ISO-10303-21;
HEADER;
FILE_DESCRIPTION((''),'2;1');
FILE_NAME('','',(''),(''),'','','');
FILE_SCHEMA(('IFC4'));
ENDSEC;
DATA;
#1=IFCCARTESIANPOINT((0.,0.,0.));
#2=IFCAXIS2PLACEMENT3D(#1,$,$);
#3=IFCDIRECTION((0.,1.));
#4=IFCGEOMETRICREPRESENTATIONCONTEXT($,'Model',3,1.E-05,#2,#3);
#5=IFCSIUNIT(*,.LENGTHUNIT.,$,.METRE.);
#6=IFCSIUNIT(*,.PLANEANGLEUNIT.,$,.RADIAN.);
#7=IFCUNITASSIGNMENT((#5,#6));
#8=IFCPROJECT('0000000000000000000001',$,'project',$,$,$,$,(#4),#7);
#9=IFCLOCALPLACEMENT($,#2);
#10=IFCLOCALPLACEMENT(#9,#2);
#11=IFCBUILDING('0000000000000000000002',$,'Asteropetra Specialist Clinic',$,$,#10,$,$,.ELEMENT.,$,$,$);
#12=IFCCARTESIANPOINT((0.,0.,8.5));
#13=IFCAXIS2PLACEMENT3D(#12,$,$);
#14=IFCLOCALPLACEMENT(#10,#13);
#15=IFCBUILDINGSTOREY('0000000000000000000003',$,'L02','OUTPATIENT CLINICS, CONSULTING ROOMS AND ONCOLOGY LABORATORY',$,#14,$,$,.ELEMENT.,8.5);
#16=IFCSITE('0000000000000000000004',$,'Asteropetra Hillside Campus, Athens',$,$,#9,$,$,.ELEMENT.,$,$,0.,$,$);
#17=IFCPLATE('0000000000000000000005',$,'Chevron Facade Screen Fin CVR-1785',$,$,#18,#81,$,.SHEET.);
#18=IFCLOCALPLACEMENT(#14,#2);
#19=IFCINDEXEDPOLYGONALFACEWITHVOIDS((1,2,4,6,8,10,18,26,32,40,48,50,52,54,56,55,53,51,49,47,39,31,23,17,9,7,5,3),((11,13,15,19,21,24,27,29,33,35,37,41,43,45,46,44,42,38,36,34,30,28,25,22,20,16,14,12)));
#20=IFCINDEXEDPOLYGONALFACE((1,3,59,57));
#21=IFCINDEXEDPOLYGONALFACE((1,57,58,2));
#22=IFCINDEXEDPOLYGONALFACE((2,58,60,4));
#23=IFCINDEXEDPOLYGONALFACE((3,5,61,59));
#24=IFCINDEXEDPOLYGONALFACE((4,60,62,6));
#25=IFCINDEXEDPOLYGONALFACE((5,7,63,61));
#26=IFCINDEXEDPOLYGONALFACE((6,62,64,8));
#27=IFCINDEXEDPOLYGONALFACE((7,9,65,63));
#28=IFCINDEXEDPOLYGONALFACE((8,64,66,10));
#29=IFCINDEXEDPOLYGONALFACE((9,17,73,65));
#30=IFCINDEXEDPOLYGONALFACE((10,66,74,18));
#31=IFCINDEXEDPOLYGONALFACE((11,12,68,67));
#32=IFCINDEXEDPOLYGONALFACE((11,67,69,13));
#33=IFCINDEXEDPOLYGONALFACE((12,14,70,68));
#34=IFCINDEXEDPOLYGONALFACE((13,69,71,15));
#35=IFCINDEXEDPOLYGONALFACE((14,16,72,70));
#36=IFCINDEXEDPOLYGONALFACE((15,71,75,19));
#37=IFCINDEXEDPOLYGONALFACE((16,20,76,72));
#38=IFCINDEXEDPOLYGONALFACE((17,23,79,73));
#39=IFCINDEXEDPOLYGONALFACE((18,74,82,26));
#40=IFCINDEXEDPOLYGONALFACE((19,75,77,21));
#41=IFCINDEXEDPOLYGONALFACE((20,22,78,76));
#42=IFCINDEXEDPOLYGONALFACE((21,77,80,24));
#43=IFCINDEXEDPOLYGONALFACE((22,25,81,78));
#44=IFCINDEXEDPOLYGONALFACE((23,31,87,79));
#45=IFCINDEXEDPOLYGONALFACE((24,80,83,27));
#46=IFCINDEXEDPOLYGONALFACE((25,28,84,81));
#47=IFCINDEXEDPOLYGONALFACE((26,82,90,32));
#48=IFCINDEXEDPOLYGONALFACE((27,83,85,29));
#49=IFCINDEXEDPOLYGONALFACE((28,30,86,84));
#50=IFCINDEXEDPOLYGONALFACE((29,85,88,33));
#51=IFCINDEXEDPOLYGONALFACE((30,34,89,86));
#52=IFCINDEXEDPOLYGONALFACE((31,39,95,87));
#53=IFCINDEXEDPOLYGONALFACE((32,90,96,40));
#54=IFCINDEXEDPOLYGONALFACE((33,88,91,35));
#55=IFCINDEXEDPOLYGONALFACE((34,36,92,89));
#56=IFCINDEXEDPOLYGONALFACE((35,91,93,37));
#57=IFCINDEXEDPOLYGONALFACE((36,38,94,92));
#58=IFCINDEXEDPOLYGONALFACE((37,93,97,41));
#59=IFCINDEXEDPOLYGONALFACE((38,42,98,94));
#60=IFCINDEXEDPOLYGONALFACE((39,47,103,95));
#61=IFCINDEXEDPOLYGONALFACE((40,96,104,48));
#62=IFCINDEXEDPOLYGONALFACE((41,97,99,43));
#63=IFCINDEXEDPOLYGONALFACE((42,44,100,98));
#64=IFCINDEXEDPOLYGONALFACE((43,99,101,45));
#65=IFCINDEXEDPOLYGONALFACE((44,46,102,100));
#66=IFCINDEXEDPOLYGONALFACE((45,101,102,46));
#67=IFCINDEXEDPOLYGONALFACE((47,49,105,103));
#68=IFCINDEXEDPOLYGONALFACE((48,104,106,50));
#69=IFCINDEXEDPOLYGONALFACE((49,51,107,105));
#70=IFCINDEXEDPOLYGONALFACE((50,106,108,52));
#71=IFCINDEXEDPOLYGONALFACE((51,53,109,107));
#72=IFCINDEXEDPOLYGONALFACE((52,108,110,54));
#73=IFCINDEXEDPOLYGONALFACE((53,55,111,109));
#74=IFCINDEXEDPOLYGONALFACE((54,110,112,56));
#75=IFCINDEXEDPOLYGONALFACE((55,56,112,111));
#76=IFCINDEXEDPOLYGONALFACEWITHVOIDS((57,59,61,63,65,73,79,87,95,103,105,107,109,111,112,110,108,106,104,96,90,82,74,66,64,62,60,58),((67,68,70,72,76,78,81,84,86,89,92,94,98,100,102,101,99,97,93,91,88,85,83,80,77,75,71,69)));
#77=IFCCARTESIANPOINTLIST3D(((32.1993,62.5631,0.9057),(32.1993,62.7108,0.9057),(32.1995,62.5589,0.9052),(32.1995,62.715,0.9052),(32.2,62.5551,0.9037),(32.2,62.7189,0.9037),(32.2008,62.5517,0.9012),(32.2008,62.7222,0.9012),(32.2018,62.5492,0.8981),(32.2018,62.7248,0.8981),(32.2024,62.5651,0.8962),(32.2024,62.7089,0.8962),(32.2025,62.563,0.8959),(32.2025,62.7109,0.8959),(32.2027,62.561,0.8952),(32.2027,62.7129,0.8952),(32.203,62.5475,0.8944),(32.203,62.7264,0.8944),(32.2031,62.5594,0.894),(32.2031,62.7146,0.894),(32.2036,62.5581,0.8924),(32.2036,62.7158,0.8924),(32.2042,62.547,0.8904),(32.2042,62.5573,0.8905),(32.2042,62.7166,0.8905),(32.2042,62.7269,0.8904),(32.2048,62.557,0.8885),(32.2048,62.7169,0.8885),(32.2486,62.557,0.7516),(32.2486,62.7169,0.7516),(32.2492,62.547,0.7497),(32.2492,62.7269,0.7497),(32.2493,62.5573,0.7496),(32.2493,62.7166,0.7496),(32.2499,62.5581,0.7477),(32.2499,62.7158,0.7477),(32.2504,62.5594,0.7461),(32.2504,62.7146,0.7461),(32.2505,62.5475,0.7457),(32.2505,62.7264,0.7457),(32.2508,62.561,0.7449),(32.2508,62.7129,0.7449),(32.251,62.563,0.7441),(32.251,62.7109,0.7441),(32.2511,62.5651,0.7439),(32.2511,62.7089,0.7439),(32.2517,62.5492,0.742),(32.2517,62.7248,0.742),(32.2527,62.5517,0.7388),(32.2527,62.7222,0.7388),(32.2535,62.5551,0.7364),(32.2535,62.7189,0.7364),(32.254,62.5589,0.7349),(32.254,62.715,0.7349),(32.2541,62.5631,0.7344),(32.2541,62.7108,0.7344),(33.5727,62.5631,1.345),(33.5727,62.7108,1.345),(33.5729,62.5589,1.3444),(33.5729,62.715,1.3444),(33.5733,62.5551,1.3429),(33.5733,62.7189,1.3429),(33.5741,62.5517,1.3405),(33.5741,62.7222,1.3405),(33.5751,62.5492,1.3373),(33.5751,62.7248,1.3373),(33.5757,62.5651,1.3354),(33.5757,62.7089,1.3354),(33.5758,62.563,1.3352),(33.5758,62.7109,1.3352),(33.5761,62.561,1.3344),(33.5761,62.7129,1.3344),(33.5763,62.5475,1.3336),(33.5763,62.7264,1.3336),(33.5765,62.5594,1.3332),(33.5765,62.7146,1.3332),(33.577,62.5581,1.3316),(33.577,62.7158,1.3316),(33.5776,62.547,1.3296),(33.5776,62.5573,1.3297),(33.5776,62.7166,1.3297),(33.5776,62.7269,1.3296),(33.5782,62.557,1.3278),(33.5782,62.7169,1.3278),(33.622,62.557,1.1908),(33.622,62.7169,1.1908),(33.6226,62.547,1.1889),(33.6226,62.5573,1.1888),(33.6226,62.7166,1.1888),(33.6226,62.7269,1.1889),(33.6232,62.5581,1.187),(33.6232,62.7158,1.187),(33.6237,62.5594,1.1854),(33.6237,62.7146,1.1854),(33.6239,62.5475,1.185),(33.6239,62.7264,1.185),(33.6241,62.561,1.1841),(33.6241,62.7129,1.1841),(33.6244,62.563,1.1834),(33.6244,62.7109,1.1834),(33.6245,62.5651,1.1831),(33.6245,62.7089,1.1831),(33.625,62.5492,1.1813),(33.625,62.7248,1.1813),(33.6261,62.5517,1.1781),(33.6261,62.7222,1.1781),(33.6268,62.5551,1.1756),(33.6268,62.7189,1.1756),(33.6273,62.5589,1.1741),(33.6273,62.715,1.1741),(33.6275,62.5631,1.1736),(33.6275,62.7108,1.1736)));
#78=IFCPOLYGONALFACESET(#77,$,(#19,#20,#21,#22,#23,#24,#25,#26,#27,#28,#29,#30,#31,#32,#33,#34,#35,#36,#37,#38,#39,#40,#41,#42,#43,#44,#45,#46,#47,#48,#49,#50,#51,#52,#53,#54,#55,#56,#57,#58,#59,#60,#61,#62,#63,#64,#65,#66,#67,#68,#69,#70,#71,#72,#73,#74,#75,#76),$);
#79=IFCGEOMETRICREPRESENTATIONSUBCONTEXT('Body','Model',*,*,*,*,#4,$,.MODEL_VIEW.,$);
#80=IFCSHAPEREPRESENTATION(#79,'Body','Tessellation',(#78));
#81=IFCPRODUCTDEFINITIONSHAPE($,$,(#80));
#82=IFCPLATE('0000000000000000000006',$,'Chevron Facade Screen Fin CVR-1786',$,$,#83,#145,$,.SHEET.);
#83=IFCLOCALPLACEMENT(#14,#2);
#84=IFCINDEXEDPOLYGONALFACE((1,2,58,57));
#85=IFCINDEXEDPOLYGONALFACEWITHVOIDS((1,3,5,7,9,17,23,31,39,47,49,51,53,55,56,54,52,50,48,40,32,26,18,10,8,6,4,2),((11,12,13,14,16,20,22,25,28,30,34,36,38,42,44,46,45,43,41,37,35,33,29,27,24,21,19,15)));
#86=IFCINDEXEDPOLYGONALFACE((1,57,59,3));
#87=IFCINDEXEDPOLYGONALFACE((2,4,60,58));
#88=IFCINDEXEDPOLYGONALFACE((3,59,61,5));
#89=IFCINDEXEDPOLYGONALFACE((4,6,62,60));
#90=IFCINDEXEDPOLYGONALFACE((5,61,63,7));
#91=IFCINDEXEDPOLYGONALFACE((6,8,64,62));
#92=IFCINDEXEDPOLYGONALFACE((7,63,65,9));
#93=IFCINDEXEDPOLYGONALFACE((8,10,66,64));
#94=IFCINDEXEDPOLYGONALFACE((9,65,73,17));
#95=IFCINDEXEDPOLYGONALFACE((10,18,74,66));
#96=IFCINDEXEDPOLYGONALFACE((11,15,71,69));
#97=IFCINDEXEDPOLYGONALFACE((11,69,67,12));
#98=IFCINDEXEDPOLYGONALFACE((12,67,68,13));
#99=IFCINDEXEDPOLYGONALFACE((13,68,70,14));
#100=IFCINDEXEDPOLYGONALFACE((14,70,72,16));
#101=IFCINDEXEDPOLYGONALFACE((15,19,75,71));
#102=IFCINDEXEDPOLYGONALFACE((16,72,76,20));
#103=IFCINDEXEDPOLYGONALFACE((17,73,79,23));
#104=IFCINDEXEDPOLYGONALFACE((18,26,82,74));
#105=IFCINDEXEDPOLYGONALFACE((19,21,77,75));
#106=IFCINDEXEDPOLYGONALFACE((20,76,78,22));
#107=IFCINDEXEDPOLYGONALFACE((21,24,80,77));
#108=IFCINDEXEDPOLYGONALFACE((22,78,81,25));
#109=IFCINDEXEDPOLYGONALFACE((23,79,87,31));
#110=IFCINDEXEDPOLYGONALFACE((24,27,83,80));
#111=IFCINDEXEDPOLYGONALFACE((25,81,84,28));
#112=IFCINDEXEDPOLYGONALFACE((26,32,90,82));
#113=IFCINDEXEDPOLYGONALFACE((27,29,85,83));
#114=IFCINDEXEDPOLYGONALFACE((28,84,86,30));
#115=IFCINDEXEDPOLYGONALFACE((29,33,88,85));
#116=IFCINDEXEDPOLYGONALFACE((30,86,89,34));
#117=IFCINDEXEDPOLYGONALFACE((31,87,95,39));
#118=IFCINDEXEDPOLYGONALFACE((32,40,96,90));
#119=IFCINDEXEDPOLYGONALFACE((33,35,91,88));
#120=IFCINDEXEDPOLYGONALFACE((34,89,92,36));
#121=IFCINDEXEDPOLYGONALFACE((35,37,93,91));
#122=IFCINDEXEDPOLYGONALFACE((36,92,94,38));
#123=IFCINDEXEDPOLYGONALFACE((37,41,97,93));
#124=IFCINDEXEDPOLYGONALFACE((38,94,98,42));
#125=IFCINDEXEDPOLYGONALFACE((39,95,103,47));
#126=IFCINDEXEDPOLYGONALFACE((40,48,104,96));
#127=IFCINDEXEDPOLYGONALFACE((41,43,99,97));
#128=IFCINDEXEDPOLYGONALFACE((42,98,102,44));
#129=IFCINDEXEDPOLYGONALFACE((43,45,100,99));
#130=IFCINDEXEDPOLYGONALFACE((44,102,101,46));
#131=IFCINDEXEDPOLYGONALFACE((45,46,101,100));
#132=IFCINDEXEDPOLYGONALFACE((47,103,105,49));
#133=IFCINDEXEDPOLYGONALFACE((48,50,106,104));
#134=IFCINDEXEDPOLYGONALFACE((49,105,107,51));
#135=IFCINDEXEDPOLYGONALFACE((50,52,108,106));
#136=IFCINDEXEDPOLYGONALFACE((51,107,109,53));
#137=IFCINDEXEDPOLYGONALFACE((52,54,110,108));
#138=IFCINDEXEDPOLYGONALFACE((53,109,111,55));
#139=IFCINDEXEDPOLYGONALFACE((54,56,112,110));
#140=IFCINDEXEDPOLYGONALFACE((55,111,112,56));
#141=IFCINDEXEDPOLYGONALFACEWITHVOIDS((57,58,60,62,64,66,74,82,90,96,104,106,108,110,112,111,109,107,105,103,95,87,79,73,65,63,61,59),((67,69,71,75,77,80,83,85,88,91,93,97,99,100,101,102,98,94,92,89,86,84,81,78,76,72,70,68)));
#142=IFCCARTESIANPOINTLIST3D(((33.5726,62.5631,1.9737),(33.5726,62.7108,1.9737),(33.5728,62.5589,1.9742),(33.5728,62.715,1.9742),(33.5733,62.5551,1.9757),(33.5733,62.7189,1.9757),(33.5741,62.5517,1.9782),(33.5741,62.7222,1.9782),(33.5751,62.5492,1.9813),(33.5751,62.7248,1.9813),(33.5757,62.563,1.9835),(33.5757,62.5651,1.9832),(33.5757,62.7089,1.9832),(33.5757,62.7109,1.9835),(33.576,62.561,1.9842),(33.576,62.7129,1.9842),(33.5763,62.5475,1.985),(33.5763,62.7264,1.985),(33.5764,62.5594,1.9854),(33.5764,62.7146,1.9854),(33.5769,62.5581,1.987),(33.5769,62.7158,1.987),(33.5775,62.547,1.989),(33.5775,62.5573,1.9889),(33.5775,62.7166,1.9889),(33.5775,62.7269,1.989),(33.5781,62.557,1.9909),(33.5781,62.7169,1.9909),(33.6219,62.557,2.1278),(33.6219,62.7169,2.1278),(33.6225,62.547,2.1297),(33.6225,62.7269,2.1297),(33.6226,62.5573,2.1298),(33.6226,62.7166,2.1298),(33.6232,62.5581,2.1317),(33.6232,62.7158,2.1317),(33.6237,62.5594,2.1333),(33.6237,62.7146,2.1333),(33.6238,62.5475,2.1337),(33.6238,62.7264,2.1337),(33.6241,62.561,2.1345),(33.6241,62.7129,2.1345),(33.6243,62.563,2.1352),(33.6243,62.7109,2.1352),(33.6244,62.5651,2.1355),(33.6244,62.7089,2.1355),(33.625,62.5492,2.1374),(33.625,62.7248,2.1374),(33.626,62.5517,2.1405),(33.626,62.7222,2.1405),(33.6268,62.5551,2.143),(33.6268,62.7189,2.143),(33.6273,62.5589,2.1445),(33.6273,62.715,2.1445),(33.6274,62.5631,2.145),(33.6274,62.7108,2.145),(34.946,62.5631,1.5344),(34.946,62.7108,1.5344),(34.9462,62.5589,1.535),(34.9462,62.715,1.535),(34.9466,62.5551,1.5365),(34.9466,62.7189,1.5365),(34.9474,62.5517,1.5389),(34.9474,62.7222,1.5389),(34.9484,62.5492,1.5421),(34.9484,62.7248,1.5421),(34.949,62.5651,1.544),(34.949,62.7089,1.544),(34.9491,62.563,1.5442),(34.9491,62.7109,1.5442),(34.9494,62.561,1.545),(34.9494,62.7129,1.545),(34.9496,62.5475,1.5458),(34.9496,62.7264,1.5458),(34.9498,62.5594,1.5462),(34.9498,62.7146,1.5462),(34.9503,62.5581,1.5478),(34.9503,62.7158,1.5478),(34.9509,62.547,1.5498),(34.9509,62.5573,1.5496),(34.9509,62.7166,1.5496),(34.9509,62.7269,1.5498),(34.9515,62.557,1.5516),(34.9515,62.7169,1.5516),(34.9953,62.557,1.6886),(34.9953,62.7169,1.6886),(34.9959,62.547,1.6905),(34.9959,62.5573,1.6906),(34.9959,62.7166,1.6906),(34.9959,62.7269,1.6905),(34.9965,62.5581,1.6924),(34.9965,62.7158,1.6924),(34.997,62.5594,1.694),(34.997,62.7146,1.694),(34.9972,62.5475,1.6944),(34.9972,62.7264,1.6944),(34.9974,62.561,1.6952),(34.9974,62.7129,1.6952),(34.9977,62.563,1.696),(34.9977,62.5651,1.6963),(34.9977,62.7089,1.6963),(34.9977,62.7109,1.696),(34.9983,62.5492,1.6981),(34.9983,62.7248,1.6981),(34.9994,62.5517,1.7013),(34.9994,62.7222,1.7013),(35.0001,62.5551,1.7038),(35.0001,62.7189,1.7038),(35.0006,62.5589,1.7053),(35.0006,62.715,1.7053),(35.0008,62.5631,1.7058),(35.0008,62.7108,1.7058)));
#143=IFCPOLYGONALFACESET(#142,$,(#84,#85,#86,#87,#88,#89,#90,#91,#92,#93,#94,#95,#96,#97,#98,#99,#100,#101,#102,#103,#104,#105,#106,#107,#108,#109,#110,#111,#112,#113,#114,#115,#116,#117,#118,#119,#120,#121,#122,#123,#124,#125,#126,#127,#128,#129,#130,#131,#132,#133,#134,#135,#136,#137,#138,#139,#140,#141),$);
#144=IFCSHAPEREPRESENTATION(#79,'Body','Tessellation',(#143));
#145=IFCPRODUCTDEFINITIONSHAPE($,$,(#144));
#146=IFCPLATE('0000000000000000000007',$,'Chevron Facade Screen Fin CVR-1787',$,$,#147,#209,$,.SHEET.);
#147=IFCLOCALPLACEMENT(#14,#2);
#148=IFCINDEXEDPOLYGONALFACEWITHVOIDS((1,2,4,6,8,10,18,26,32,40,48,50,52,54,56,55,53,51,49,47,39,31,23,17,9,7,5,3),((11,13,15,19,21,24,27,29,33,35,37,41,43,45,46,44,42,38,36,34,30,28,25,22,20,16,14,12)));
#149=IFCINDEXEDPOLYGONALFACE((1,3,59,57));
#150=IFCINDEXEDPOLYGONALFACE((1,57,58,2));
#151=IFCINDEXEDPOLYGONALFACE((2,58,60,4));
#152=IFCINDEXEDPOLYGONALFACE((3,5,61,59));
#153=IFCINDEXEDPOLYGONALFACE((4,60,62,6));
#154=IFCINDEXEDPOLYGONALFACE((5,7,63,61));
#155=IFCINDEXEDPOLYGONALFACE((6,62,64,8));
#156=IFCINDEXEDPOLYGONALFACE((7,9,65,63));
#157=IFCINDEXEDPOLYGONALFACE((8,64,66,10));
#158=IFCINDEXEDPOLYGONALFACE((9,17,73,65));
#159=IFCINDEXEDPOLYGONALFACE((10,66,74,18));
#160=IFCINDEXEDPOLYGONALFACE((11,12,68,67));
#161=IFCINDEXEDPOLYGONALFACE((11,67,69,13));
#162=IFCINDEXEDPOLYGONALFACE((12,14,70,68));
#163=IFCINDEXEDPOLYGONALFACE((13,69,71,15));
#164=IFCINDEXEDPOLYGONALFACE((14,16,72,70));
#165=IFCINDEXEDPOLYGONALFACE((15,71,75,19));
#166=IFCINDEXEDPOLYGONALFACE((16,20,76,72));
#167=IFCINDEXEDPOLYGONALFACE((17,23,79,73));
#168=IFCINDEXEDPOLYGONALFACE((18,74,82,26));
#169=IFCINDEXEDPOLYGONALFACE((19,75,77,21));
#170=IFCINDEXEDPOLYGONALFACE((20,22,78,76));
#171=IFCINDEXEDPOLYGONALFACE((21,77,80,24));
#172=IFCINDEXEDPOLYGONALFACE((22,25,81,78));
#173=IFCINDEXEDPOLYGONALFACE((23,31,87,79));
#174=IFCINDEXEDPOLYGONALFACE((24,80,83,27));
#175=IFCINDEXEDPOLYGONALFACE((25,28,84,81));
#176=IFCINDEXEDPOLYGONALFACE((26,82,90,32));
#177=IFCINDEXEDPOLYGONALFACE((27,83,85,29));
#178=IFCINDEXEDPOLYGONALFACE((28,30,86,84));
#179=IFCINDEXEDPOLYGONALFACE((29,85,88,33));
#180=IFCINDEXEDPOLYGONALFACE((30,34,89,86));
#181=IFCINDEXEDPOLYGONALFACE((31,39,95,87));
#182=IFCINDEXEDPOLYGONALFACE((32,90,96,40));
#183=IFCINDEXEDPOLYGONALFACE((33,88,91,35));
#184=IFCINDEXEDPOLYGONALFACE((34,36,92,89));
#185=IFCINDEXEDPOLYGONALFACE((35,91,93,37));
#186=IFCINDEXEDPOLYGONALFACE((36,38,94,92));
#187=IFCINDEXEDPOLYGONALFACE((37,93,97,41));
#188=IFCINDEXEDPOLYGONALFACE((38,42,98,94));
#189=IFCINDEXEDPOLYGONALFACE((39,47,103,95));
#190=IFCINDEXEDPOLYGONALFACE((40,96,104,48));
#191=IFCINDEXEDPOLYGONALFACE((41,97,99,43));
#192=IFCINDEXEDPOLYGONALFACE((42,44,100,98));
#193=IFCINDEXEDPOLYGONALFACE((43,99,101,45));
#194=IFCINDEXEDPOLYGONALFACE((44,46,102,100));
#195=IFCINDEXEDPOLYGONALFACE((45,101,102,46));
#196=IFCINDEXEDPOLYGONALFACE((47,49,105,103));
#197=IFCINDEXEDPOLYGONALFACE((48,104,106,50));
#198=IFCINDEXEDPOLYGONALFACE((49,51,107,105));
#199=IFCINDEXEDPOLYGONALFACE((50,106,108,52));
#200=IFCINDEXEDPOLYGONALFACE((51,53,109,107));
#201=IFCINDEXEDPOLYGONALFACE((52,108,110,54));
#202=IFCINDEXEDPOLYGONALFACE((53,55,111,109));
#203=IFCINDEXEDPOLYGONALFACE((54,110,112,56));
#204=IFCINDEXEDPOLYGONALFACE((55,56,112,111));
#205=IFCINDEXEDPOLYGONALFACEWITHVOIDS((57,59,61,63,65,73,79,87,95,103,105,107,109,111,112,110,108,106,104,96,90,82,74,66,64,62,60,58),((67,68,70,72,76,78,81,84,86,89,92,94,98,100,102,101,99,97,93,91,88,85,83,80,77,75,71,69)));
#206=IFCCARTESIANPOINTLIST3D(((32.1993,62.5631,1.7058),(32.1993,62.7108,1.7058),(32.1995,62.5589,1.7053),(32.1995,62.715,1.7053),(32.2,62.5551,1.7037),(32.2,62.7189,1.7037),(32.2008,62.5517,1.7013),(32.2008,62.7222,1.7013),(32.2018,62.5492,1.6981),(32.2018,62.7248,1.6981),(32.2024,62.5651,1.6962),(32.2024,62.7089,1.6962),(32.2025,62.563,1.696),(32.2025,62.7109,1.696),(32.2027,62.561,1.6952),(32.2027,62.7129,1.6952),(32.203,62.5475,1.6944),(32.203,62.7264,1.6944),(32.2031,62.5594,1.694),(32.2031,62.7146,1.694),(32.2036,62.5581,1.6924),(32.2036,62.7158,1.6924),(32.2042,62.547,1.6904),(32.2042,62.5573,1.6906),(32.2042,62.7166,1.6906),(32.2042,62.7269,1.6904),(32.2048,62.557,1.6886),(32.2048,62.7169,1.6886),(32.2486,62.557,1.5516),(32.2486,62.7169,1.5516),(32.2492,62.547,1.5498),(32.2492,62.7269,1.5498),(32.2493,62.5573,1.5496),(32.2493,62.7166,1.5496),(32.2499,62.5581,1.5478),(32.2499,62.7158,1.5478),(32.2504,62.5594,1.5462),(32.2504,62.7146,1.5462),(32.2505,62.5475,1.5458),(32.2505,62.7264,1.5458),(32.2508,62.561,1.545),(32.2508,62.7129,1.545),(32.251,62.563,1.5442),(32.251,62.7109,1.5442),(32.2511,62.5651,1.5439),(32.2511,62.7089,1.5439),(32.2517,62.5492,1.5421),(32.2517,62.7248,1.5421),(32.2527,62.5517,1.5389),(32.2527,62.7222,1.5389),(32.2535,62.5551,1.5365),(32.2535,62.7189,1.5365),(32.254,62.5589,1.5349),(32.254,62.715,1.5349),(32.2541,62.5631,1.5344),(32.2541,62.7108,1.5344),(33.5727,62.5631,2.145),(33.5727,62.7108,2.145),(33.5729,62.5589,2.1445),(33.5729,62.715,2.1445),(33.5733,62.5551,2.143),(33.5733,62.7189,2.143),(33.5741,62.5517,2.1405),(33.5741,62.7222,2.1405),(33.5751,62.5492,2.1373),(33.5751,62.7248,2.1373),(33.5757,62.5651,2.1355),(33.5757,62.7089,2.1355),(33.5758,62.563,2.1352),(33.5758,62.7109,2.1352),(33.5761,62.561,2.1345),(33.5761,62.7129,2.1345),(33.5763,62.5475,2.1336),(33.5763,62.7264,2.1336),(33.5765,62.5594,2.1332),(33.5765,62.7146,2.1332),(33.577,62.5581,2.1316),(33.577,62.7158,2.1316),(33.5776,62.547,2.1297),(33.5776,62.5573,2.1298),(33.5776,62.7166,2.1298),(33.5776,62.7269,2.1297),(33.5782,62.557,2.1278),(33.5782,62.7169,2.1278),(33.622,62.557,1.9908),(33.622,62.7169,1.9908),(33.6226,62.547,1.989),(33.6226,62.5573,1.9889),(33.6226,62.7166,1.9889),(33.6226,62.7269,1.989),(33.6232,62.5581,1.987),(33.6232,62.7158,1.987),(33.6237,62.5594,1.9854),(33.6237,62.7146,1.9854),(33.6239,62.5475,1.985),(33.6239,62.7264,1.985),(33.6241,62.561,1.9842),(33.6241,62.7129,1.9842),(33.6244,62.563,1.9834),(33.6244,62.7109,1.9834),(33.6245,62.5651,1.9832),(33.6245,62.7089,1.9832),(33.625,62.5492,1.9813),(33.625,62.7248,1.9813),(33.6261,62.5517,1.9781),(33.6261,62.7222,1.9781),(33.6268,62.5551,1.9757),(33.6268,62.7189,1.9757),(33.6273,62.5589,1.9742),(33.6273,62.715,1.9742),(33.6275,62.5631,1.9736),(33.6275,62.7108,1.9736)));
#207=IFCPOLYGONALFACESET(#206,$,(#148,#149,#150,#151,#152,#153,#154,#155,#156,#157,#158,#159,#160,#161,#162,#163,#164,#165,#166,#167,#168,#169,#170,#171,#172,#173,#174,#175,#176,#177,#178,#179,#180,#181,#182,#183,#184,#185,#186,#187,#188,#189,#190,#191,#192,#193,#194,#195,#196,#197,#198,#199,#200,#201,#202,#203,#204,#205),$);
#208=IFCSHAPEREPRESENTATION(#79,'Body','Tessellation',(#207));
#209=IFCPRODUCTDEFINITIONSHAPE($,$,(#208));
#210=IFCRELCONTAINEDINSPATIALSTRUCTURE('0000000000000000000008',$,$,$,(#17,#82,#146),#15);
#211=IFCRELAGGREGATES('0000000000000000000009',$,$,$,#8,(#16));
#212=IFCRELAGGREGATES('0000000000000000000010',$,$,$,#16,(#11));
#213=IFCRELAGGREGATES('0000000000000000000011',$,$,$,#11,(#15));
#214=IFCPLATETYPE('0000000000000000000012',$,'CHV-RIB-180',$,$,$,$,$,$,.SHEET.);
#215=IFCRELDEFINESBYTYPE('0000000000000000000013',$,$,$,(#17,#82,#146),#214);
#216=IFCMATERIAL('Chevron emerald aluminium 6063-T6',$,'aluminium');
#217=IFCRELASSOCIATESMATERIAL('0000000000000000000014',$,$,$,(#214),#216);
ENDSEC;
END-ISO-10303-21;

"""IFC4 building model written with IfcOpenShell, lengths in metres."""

from ifc_helpers import new_model, si_unit, direction, frame, origin, origin_2d, place, context, subcontext, project, spatial, hollow_rectangle, extrude, material, material_profile, profile_set, type_object, element, save


model = new_model("IFC4")

# Units and contexts
model_context = context("Model", 3, precision=1e-05, world=origin(), true_north=direction((0.0, 1.0)))
body_context = subcontext(model_context, "Body", "Model", "MODEL_VIEW")
ifc_project = project(units=[si_unit("LENGTHUNIT", "METRE"), si_unit("PLANEANGLEUNIT", "RADIAN")], contexts=[model_context])

# Site, building, storey
site_placement = place(None, origin())
site = spatial("IfcSite", under=ifc_project, at=site_placement, Name="Asteropetra Hillside Campus, Athens", CompositionType="ELEMENT", RefElevation=0.0)
building_placement = place(site_placement, origin())
building = spatial("IfcBuilding", under=site, at=building_placement, Name="Asteropetra Specialist Clinic", CompositionType="ELEMENT")
storey_placement = place(building_placement, frame((0.0, 0.0, 8.5)))
storey = spatial("IfcBuildingStorey", under=building, at=storey_placement, Name="L02", Description="OUTPATIENT CLINICS, CONSULTING ROOMS AND ONCOLOGY LABORATORY", CompositionType="ELEMENT", Elevation=8.5)

# Plates
ifc_material_1 = material(Name="Chevron emerald aluminium 6063-T6", Category="aluminium")
ifc_material_profile = material_profile(ifc_material_1, hollow_rectangle(XDim=0.1799, YDim=0.1799, WallThickness=0.01, InnerFilletRadius=0.0081, OuterFilletRadius=0.0161, at=origin_2d()), Name="SHS 180x180x10.0")
ifc_profile_set = profile_set([ifc_material_profile], Name="Chevron emerald aluminium 6063-T6")
plate_type_1 = type_object("IfcPlateType", Name="CHV-RIB-180", PredefinedType="SHEET", material=ifc_profile_set)
for number, where, z_axis, x_axis, name in (
    (1, (33.6001, 62.637, 1.2593), (-0.952473, 0.0, -0.304622), (0.0, -1.0, 0.0), "Chevron Facade Screen Fin CVR-1785"),
    (2, (34.9734, 62.637, 1.6201), (-0.952473, 0.0, 0.304622), (0.0, -1.0, 0.0), "Chevron Facade Screen Fin CVR-1786"),
    (3, (33.6001, 62.637, 2.0593), (-0.952473, 0.0, -0.304622), (0.0, -1.0, 0.0), "Chevron Facade Screen Fin CVR-1787"),
):
    element("IfcPlate", number, at=place(storey_placement, frame(where, z_axis=z_axis, x_axis=x_axis)), inside=storey, type_object=plate_type_1, Name=name, PredefinedType="SHEET", context=body_context, shape_type="SweptSolid", body=[
        extrude(hollow_rectangle(XDim=0.1799, YDim=0.1799, WallThickness=0.01, InnerFilletRadius=0.0081, OuterFilletRadius=0.0161, at=origin_2d()), origin(), (0.0, 0.0, 1.0), 1.4419),
    ])

save(model, "model.ifc")
